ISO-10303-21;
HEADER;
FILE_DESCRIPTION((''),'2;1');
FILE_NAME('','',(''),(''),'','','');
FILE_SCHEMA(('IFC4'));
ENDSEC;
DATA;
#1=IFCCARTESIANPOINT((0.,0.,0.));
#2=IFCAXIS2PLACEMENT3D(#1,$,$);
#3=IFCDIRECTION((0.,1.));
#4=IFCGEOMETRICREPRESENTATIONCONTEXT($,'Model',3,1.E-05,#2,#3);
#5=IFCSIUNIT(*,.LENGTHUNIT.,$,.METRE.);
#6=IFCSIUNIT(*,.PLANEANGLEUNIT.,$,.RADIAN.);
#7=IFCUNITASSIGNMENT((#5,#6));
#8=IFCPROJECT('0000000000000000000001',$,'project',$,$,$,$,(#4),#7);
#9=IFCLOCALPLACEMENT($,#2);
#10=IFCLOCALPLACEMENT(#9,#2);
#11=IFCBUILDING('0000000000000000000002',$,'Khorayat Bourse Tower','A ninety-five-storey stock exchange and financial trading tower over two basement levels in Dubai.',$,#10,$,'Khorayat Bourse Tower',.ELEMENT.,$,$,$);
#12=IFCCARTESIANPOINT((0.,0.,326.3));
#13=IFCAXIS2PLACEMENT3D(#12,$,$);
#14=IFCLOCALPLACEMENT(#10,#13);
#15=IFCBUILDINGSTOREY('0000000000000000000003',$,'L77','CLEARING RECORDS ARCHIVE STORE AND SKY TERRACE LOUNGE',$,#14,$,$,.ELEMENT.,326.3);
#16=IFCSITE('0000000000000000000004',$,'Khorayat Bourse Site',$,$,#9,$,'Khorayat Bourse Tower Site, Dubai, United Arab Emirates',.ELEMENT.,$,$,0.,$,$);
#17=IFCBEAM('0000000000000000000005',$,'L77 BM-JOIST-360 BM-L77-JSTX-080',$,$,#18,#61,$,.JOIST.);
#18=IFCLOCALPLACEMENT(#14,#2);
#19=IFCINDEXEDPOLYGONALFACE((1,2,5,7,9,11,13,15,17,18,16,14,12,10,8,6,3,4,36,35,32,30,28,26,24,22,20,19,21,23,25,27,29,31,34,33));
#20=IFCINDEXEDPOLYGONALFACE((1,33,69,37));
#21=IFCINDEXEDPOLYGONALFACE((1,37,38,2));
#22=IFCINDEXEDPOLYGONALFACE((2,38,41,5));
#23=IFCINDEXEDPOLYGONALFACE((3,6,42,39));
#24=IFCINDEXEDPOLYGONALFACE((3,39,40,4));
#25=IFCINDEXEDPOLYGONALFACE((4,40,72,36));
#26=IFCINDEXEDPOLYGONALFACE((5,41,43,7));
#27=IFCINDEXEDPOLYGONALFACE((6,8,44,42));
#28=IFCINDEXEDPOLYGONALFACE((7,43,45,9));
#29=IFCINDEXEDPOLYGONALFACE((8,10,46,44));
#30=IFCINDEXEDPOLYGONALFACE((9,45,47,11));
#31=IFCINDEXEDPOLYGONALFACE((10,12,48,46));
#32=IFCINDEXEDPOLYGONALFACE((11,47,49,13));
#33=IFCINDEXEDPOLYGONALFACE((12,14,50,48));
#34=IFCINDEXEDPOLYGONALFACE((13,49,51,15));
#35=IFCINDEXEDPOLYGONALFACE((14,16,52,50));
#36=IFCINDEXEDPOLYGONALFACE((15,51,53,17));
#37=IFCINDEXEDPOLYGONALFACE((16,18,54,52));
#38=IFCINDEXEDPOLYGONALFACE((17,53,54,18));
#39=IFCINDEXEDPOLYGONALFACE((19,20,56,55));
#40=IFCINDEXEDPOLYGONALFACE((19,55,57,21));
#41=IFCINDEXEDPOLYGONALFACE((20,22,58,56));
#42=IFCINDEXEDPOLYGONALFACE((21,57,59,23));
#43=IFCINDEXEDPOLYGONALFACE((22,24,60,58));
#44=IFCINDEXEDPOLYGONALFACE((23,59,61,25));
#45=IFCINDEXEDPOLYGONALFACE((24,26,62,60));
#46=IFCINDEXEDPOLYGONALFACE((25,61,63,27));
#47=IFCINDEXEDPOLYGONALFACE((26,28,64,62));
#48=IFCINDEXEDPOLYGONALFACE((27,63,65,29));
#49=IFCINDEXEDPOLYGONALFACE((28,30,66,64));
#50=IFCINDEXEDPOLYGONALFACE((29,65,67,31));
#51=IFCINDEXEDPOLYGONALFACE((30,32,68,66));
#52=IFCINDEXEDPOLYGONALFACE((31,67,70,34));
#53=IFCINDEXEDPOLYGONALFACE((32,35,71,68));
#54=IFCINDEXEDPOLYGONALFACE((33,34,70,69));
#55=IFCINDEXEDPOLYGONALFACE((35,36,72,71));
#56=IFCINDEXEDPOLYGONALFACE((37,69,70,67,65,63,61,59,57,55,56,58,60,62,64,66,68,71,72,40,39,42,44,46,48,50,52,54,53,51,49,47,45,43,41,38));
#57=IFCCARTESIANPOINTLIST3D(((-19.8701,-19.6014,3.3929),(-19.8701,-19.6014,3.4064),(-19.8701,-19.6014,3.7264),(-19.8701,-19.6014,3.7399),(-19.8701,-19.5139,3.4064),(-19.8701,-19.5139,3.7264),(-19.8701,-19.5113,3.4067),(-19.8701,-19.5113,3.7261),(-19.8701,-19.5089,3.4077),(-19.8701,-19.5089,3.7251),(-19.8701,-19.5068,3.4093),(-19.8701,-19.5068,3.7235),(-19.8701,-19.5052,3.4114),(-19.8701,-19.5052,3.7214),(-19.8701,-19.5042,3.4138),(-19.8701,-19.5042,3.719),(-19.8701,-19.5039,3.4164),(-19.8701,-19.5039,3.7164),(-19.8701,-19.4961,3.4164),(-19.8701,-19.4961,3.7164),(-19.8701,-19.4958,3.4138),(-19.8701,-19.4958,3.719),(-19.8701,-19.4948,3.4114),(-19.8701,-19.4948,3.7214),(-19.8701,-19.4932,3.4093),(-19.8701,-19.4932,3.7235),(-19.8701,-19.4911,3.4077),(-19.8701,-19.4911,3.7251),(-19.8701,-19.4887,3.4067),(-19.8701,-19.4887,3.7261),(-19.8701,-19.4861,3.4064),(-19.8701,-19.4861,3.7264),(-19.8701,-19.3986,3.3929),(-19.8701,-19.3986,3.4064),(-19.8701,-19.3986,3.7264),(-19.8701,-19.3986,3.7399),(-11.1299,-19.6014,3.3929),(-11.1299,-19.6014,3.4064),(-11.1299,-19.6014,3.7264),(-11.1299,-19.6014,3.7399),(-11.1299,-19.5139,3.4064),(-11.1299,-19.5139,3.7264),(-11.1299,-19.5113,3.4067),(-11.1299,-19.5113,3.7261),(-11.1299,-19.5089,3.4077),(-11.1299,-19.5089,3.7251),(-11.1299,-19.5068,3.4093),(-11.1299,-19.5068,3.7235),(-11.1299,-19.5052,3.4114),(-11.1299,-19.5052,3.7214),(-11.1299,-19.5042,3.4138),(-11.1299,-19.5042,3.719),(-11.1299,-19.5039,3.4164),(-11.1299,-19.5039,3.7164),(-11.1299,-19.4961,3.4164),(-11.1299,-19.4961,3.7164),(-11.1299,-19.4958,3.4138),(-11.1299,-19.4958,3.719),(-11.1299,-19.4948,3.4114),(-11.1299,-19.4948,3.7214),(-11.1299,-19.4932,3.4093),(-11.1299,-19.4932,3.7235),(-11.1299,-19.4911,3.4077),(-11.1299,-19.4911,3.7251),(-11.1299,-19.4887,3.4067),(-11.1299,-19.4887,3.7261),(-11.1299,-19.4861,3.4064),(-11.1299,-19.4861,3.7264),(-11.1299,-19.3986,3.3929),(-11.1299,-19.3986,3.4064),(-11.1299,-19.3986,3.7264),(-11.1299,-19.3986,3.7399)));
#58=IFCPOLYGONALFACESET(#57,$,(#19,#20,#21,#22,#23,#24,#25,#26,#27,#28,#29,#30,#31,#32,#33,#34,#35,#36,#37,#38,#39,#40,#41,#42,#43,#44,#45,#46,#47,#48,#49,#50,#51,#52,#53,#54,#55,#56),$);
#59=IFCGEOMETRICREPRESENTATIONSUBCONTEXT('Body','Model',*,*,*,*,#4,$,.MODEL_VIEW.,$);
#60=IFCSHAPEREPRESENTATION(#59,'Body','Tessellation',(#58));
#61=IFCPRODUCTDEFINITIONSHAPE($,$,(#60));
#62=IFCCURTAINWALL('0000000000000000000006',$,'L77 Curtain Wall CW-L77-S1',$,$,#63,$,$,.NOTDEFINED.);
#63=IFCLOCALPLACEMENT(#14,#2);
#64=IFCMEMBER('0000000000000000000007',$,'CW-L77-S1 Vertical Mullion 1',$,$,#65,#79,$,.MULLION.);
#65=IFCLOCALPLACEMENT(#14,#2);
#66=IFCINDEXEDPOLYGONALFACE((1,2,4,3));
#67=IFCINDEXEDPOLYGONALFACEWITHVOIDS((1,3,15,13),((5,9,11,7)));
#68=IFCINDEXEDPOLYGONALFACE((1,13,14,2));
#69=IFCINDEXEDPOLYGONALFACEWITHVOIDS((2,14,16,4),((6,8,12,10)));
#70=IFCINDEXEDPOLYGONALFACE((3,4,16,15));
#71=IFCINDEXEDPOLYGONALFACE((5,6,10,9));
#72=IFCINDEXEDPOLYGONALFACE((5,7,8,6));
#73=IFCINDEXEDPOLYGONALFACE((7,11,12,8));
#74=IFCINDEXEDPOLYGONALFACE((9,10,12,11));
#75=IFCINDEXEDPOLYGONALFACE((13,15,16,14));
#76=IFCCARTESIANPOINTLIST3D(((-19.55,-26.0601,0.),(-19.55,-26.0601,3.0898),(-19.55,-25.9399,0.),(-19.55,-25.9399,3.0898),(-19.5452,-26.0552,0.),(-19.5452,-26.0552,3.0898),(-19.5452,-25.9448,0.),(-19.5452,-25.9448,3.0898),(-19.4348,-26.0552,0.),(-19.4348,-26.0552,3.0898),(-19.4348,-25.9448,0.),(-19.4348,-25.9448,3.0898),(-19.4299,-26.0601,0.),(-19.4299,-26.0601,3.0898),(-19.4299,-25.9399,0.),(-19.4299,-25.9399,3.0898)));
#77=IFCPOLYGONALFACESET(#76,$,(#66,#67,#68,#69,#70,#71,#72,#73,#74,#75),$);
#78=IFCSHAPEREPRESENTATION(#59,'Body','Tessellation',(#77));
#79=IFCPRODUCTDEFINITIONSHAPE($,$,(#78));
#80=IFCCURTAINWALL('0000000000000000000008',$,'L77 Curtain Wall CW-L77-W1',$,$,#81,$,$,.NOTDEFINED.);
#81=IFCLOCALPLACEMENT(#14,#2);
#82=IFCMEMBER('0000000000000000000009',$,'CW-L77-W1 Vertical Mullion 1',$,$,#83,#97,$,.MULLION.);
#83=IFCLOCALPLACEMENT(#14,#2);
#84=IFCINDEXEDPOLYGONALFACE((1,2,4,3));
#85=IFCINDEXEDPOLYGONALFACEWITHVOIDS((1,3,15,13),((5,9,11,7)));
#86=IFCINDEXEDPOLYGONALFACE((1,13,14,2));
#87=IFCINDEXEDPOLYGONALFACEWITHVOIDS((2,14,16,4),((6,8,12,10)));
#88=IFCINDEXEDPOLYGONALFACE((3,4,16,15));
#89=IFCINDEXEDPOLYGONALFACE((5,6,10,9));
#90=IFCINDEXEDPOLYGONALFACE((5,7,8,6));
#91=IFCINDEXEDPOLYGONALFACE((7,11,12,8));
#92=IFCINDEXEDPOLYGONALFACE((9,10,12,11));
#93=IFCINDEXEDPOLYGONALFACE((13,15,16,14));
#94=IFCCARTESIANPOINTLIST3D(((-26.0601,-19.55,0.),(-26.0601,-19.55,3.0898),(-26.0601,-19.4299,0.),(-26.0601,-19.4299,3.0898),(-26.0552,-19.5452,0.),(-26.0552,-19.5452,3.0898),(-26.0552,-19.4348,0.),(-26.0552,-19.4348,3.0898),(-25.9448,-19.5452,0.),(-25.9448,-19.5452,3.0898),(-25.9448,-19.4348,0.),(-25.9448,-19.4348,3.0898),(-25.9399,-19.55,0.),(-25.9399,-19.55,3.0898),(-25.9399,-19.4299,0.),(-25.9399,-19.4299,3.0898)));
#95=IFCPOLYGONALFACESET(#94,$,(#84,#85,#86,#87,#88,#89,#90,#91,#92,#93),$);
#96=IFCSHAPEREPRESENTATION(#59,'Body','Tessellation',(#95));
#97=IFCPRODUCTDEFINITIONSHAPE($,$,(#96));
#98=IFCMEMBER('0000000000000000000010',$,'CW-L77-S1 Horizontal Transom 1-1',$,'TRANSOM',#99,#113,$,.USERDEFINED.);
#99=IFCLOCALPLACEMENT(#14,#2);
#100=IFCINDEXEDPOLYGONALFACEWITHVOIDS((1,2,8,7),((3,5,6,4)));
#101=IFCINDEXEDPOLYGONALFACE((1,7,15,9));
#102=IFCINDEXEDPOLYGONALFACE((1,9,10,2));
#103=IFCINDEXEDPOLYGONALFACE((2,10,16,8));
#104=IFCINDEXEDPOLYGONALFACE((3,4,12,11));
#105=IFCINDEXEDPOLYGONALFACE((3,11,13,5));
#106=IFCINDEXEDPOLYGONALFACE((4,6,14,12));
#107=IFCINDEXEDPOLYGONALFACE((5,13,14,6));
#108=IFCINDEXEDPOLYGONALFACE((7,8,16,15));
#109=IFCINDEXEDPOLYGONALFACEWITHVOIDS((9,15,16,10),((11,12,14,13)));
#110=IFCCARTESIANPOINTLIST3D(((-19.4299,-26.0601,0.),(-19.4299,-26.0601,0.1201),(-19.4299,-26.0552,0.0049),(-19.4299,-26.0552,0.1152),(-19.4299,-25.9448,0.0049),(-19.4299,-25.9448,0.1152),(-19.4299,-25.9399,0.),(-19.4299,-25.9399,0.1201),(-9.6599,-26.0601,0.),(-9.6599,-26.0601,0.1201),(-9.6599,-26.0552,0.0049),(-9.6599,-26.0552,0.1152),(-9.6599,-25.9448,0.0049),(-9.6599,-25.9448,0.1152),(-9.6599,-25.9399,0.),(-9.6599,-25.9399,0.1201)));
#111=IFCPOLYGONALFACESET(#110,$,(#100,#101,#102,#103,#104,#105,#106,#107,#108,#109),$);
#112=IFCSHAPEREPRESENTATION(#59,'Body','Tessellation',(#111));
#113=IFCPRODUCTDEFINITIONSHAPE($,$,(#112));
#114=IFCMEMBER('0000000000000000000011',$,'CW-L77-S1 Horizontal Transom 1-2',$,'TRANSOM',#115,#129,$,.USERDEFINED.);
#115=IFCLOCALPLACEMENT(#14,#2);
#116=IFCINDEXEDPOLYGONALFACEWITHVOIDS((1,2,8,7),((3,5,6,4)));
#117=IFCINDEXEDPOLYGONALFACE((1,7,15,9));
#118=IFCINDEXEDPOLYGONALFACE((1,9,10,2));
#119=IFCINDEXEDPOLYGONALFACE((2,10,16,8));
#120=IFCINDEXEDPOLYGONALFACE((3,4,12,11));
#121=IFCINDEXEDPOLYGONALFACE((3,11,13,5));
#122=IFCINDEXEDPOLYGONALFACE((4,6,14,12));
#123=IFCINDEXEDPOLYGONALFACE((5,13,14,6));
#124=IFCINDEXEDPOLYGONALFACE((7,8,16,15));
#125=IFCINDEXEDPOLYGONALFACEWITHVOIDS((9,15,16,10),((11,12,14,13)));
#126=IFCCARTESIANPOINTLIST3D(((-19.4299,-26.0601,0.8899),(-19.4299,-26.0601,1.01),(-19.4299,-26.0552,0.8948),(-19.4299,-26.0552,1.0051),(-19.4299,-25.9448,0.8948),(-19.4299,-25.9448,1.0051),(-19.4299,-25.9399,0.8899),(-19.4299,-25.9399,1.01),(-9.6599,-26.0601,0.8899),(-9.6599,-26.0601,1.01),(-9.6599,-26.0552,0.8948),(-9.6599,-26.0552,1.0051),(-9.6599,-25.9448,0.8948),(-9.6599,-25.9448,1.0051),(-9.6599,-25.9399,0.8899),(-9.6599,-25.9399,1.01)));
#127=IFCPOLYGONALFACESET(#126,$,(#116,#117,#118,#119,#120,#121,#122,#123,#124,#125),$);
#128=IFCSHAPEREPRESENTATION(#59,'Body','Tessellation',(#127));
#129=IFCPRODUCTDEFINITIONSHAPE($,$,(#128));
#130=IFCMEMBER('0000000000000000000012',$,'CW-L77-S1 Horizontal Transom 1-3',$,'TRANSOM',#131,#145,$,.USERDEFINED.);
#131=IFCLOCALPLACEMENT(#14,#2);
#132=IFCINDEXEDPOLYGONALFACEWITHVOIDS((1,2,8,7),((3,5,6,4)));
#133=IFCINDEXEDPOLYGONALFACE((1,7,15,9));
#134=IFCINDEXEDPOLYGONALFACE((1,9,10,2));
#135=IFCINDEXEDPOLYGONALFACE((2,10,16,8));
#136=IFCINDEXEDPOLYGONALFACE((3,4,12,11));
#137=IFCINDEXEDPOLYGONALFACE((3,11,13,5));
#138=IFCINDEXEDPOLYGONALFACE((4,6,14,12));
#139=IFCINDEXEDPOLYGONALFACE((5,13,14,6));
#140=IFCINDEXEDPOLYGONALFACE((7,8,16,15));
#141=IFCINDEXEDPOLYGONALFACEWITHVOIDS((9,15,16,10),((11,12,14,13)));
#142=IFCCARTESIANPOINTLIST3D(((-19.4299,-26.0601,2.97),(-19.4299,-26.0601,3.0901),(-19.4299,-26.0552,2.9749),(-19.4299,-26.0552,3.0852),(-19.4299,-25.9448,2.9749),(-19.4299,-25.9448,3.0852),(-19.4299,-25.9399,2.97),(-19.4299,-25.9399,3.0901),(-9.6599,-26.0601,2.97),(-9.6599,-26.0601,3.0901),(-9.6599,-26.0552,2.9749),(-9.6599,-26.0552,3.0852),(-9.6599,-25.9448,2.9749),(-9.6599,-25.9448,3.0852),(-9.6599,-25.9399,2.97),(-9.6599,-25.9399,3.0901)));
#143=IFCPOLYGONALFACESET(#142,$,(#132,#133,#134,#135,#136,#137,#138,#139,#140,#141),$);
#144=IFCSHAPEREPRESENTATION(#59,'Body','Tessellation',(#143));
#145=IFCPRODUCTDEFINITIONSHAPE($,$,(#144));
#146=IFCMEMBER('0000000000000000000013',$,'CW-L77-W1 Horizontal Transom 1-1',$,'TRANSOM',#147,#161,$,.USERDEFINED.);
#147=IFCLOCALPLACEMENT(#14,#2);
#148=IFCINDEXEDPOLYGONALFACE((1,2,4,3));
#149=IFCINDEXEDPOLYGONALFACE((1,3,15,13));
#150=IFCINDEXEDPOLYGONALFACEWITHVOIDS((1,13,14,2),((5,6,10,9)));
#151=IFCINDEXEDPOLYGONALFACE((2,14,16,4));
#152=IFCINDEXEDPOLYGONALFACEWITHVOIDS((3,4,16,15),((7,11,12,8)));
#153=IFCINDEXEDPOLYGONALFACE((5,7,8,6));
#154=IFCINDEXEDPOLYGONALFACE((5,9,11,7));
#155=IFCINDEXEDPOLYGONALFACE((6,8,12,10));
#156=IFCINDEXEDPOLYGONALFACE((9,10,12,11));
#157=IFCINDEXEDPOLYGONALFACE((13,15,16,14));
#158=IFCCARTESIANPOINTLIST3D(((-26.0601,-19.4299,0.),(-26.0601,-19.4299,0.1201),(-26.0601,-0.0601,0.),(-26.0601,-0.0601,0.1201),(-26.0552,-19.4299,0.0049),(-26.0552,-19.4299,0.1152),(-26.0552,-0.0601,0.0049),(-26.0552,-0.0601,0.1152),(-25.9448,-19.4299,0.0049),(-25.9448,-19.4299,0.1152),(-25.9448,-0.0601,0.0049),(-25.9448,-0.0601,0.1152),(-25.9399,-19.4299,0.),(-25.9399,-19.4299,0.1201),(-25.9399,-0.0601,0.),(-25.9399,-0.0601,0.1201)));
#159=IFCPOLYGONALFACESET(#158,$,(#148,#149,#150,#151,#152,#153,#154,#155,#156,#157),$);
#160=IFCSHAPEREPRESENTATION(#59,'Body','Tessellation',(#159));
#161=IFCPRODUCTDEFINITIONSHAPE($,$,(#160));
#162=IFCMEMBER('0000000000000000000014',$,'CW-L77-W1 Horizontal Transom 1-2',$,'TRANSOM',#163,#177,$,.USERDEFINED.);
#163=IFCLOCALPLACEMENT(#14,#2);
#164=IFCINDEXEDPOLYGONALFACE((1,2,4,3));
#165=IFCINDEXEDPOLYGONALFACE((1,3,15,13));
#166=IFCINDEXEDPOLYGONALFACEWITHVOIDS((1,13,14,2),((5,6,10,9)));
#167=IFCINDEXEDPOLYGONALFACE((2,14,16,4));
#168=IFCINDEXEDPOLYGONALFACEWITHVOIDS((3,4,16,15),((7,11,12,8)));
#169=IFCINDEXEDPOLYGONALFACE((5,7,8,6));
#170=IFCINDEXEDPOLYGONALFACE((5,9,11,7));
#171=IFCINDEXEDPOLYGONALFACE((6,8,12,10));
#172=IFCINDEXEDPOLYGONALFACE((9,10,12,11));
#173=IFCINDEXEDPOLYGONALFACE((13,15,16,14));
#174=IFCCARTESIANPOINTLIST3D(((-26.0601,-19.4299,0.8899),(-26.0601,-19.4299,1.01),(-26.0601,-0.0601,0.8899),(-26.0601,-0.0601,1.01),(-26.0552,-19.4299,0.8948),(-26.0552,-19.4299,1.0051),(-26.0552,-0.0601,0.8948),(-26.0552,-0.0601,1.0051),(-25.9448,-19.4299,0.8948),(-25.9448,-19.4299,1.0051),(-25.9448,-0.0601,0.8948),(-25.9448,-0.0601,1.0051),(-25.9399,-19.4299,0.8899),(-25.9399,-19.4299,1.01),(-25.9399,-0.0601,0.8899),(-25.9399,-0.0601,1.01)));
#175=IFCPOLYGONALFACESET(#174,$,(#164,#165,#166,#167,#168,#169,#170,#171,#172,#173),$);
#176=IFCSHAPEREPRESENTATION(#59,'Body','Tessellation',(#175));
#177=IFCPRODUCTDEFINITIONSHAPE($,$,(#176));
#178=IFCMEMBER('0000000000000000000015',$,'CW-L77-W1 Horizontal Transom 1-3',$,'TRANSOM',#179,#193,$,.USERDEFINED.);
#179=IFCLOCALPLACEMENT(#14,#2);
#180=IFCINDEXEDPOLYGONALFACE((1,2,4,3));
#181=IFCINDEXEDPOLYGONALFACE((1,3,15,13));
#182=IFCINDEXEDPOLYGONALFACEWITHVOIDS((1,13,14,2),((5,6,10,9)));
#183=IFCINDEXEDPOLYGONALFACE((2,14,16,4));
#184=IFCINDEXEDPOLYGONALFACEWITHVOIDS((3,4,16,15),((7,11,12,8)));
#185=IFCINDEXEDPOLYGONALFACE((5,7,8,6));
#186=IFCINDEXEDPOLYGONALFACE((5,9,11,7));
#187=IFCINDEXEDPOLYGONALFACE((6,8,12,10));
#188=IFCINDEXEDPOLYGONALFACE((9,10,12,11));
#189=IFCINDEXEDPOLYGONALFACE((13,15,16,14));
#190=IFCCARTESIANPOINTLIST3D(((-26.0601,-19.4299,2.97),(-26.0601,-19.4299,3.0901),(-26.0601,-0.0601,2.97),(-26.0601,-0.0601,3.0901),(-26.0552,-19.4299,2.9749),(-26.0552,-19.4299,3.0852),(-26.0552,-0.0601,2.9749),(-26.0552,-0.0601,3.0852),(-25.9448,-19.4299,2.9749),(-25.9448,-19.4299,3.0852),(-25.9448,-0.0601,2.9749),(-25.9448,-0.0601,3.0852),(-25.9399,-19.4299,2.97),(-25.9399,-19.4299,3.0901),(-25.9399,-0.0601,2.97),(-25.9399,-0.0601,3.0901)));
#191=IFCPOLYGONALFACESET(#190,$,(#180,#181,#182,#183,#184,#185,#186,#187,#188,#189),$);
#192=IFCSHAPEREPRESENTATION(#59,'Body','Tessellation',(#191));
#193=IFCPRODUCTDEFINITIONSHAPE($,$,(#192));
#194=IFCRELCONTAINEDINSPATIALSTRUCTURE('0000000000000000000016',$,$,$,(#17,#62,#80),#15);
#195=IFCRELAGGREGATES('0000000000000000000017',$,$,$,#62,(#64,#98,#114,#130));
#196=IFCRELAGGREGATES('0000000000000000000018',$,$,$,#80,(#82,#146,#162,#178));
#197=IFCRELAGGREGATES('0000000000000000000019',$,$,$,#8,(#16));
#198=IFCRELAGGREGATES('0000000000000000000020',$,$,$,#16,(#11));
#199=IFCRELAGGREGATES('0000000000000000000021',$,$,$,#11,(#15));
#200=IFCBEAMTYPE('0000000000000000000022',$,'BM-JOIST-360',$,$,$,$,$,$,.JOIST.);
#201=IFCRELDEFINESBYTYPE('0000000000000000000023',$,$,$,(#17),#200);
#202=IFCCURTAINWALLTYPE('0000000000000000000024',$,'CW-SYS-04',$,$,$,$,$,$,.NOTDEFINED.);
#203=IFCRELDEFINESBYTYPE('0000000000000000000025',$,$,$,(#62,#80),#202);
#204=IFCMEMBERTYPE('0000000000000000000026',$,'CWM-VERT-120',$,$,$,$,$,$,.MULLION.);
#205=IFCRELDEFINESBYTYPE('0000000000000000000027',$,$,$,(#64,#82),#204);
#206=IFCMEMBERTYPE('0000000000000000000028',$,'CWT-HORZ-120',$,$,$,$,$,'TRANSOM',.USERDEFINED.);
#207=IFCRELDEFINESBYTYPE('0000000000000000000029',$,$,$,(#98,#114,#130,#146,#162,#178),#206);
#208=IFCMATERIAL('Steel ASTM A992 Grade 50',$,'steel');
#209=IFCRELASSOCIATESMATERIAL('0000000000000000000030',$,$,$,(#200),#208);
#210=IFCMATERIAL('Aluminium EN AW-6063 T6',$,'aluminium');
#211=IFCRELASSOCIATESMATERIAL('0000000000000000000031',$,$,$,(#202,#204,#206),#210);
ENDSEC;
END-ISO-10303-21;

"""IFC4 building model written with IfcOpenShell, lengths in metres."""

from ifc_helpers import new_model, si_unit, direction, frame, origin, origin_2d, place, context, subcontext, project, spatial, hollow_rectangle, i_section, extrude, source, transform, mapped, material, material_profile, profile_set, type_object, element, aggregate, save


model = new_model("IFC4")

# Units and contexts
model_context = context("Model", 3, precision=1e-05, world=origin(), true_north=direction((0.0, 1.0)))
body_context = subcontext(model_context, "Body", "Model", "MODEL_VIEW")
ifc_project = project(units=[si_unit("LENGTHUNIT", "METRE"), si_unit("PLANEANGLEUNIT", "RADIAN")], contexts=[model_context])

# Site, building, storey
site_placement = place(None, origin())
site = spatial("IfcSite", under=ifc_project, at=site_placement, Name="Khorayat Bourse Site", LongName="Khorayat Bourse Tower Site, Dubai, United Arab Emirates", CompositionType="ELEMENT", RefElevation=0.0)
building_placement = place(site_placement, origin())
building = spatial("IfcBuilding", under=site, at=building_placement, Name="Khorayat Bourse Tower", Description="A ninety-five-storey stock exchange and financial trading tower over two basement levels in Dubai.", LongName="Khorayat Bourse Tower", CompositionType="ELEMENT")
storey_placement = place(building_placement, frame((0.0, 0.0, 326.3)))
storey = spatial("IfcBuildingStorey", under=building, at=storey_placement, Name="L77", Description="CLEARING RECORDS ARCHIVE STORE AND SKY TERRACE LOUNGE", CompositionType="ELEMENT", Elevation=326.3)

# Beam
ifc_material_1 = material(Name="Steel ASTM A992 Grade 50", Category="steel")
ifc_material_profile_1 = material_profile(ifc_material_1, i_section(OverallWidth=0.2029, OverallDepth=0.3469, WebThickness=0.0078, FlangeThickness=0.0134, FilletRadius=0.01, at=origin_2d()), Name="W360X64")
ifc_profile_set_1 = profile_set([ifc_material_profile_1], Name="Steel ASTM A992 Grade 50")
beam_type_1 = type_object("IfcBeamType", Name="BM-JOIST-360", PredefinedType="JOIST", material=ifc_profile_set_1)
shared_shape_1 = source(origin(), body_context, "Body", "SweptSolid", [
    extrude(i_section(OverallWidth=0.2029, OverallDepth=0.3469, WebThickness=0.0078, FlangeThickness=0.0134, FilletRadius=0.01, at=origin_2d()), origin(), (0.0, 0.0, 1.0), 8.7402),
])
beam_1_placement = place(storey_placement, frame((-19.8701, -19.5, 3.5664), z_axis=(1.0, 0.0, 0.0), x_axis=(0.0, 1.0, 0.0)))
element("IfcBeam", 1, at=beam_1_placement, inside=storey, type_object=beam_type_1, Name="L77 BM-JOIST-360 BM-L77-JSTX-080", PredefinedType="JOIST", context=body_context, shape_type="MappedRepresentation", body=[
    mapped(shared_shape_1, transform((0.0, 0.0, 0.0), scale=1.0)),
])

# Curtain walls, members
ifc_material_2 = material(Name="Aluminium EN AW-6063 T6", Category="aluminium")
curtain_wall_type = type_object("IfcCurtainWallType", Name="CW-SYS-04", PredefinedType="NOTDEFINED", material=ifc_material_2)
curtain_wall_1_placement = place(storey_placement, origin())
curtain_wall_1 = element("IfcCurtainWall", 2, at=curtain_wall_1_placement, inside=storey, type_object=curtain_wall_type, Name="L77 Curtain Wall CW-L77-S1", PredefinedType="NOTDEFINED")
ifc_material_profile_2 = material_profile(ifc_material_2, hollow_rectangle(XDim=0.1201, YDim=0.1201, WallThickness=0.0049, at=origin_2d()), Name="ALU 120x120x5")
ifc_profile_set_2 = profile_set([ifc_material_profile_2], Name="Aluminium EN AW-6063 T6")
member_type_1 = type_object("IfcMemberType", Name="CWM-VERT-120", PredefinedType="MULLION", material=ifc_profile_set_2)
shared_shape_2 = source(origin(), body_context, "Body", "SweptSolid", [
    extrude(hollow_rectangle(XDim=0.1201, YDim=0.1201, WallThickness=0.0049, at=origin_2d()), origin(), (0.0, 0.0, 1.0), 3.0898),
])
member_1_placement = place(storey_placement, frame((-19.49, -26.0, 0.0), z_axis=(0.0, 0.0, 1.0), x_axis=(0.0, 1.0, 0.0)))
member_1 = element("IfcMember", 3, at=member_1_placement, type_object=member_type_1, Name="CW-L77-S1 Vertical Mullion 1", PredefinedType="MULLION", context=body_context, shape_type="MappedRepresentation", body=[
    mapped(shared_shape_2, transform((0.0, 0.0, 0.0), scale=1.0)),
])
curtain_wall_2_placement = place(storey_placement, origin())
curtain_wall_2 = element("IfcCurtainWall", 4, at=curtain_wall_2_placement, inside=storey, type_object=curtain_wall_type, Name="L77 Curtain Wall CW-L77-W1", PredefinedType="NOTDEFINED")
member_2_placement = place(storey_placement, frame((-26.0, -19.49, 0.0), z_axis=(0.0, 0.0, 1.0), x_axis=(-1.0, 0.0, 0.0)))
member_2 = element("IfcMember", 5, at=member_2_placement, type_object=member_type_1, Name="CW-L77-W1 Vertical Mullion 1", PredefinedType="MULLION", context=body_context, shape_type="MappedRepresentation", body=[
    mapped(shared_shape_2, transform((0.0, 0.0, 0.0), scale=1.0)),
])

# Members
ifc_material_profile_3 = material_profile(ifc_material_2, hollow_rectangle(XDim=0.1201, YDim=0.1201, WallThickness=0.0049, at=origin_2d()), Name="ALU 120x120x5")
ifc_profile_set_3 = profile_set([ifc_material_profile_3], Name="Aluminium EN AW-6063 T6")
member_type_2 = type_object("IfcMemberType", Name="CWT-HORZ-120", ElementType="TRANSOM", PredefinedType="USERDEFINED", material=ifc_profile_set_3)
shared_shape_3 = source(origin(), body_context, "Body", "SweptSolid", [
    extrude(hollow_rectangle(XDim=0.1201, YDim=0.1201, WallThickness=0.0049, at=origin_2d()), origin(), (0.0, 0.0, 1.0), 9.77),
])
member_3_placement = place(storey_placement, frame((-19.4299, -26.0, 0.0601), z_axis=(1.0, 0.0, 0.0), x_axis=(0.0, 1.0, 0.0)))
member_3 = element("IfcMember", 6, at=member_3_placement, type_object=member_type_2, Name="CW-L77-S1 Horizontal Transom 1-1", ObjectType="TRANSOM", PredefinedType="USERDEFINED", context=body_context, shape_type="MappedRepresentation", body=[
    mapped(shared_shape_3, transform((0.0, 0.0, 0.0), scale=1.0)),
])
member_4_placement = place(storey_placement, frame((-19.4299, -26.0, 0.95), z_axis=(1.0, 0.0, 0.0), x_axis=(0.0, 1.0, 0.0)))
member_4 = element("IfcMember", 7, at=member_4_placement, type_object=member_type_2, Name="CW-L77-S1 Horizontal Transom 1-2", ObjectType="TRANSOM", PredefinedType="USERDEFINED", context=body_context, shape_type="MappedRepresentation", body=[
    mapped(shared_shape_3, transform((0.0, 0.0, 0.0), scale=1.0)),
])
member_5_placement = place(storey_placement, frame((-19.4299, -26.0, 3.03), z_axis=(1.0, 0.0, 0.0), x_axis=(0.0, 1.0, 0.0)))
member_5 = element("IfcMember", 8, at=member_5_placement, type_object=member_type_2, Name="CW-L77-S1 Horizontal Transom 1-3", ObjectType="TRANSOM", PredefinedType="USERDEFINED", context=body_context, shape_type="MappedRepresentation", body=[
    mapped(shared_shape_3, transform((0.0, 0.0, 0.0), scale=1.0)),
])
aggregate(curtain_wall_1, [member_1, member_3, member_4, member_5])
shared_shape_4 = source(origin(), body_context, "Body", "SweptSolid", [
    extrude(hollow_rectangle(XDim=0.1201, YDim=0.1201, WallThickness=0.0049, at=origin_2d()), origin(), (0.0, 0.0, 1.0), 19.3699),
])
member_6_placement = place(storey_placement, frame((-26.0, -19.4299, 0.0601), z_axis=(0.0, 1.0, 0.0), x_axis=(-1.0, 0.0, 0.0)))
member_6 = element("IfcMember", 9, at=member_6_placement, type_object=member_type_2, Name="CW-L77-W1 Horizontal Transom 1-1", ObjectType="TRANSOM", PredefinedType="USERDEFINED", context=body_context, shape_type="MappedRepresentation", body=[
    mapped(shared_shape_4, transform((0.0, 0.0, 0.0), scale=1.0)),
])
member_7_placement = place(storey_placement, frame((-26.0, -19.4299, 0.95), z_axis=(0.0, 1.0, 0.0), x_axis=(-1.0, 0.0, 0.0)))
member_7 = element("IfcMember", 10, at=member_7_placement, type_object=member_type_2, Name="CW-L77-W1 Horizontal Transom 1-2", ObjectType="TRANSOM", PredefinedType="USERDEFINED", context=body_context, shape_type="MappedRepresentation", body=[
    mapped(shared_shape_4, transform((0.0, 0.0, 0.0), scale=1.0)),
])
member_8_placement = place(storey_placement, frame((-26.0, -19.4299, 3.03), z_axis=(0.0, 1.0, 0.0), x_axis=(-1.0, 0.0, 0.0)))
member_8 = element("IfcMember", 11, at=member_8_placement, type_object=member_type_2, Name="CW-L77-W1 Horizontal Transom 1-3", ObjectType="TRANSOM", PredefinedType="USERDEFINED", context=body_context, shape_type="MappedRepresentation", body=[
    mapped(shared_shape_4, transform((0.0, 0.0, 0.0), scale=1.0)),
])
aggregate(curtain_wall_2, [member_2, member_6, member_7, member_8])

save(model, "model.ifc")
